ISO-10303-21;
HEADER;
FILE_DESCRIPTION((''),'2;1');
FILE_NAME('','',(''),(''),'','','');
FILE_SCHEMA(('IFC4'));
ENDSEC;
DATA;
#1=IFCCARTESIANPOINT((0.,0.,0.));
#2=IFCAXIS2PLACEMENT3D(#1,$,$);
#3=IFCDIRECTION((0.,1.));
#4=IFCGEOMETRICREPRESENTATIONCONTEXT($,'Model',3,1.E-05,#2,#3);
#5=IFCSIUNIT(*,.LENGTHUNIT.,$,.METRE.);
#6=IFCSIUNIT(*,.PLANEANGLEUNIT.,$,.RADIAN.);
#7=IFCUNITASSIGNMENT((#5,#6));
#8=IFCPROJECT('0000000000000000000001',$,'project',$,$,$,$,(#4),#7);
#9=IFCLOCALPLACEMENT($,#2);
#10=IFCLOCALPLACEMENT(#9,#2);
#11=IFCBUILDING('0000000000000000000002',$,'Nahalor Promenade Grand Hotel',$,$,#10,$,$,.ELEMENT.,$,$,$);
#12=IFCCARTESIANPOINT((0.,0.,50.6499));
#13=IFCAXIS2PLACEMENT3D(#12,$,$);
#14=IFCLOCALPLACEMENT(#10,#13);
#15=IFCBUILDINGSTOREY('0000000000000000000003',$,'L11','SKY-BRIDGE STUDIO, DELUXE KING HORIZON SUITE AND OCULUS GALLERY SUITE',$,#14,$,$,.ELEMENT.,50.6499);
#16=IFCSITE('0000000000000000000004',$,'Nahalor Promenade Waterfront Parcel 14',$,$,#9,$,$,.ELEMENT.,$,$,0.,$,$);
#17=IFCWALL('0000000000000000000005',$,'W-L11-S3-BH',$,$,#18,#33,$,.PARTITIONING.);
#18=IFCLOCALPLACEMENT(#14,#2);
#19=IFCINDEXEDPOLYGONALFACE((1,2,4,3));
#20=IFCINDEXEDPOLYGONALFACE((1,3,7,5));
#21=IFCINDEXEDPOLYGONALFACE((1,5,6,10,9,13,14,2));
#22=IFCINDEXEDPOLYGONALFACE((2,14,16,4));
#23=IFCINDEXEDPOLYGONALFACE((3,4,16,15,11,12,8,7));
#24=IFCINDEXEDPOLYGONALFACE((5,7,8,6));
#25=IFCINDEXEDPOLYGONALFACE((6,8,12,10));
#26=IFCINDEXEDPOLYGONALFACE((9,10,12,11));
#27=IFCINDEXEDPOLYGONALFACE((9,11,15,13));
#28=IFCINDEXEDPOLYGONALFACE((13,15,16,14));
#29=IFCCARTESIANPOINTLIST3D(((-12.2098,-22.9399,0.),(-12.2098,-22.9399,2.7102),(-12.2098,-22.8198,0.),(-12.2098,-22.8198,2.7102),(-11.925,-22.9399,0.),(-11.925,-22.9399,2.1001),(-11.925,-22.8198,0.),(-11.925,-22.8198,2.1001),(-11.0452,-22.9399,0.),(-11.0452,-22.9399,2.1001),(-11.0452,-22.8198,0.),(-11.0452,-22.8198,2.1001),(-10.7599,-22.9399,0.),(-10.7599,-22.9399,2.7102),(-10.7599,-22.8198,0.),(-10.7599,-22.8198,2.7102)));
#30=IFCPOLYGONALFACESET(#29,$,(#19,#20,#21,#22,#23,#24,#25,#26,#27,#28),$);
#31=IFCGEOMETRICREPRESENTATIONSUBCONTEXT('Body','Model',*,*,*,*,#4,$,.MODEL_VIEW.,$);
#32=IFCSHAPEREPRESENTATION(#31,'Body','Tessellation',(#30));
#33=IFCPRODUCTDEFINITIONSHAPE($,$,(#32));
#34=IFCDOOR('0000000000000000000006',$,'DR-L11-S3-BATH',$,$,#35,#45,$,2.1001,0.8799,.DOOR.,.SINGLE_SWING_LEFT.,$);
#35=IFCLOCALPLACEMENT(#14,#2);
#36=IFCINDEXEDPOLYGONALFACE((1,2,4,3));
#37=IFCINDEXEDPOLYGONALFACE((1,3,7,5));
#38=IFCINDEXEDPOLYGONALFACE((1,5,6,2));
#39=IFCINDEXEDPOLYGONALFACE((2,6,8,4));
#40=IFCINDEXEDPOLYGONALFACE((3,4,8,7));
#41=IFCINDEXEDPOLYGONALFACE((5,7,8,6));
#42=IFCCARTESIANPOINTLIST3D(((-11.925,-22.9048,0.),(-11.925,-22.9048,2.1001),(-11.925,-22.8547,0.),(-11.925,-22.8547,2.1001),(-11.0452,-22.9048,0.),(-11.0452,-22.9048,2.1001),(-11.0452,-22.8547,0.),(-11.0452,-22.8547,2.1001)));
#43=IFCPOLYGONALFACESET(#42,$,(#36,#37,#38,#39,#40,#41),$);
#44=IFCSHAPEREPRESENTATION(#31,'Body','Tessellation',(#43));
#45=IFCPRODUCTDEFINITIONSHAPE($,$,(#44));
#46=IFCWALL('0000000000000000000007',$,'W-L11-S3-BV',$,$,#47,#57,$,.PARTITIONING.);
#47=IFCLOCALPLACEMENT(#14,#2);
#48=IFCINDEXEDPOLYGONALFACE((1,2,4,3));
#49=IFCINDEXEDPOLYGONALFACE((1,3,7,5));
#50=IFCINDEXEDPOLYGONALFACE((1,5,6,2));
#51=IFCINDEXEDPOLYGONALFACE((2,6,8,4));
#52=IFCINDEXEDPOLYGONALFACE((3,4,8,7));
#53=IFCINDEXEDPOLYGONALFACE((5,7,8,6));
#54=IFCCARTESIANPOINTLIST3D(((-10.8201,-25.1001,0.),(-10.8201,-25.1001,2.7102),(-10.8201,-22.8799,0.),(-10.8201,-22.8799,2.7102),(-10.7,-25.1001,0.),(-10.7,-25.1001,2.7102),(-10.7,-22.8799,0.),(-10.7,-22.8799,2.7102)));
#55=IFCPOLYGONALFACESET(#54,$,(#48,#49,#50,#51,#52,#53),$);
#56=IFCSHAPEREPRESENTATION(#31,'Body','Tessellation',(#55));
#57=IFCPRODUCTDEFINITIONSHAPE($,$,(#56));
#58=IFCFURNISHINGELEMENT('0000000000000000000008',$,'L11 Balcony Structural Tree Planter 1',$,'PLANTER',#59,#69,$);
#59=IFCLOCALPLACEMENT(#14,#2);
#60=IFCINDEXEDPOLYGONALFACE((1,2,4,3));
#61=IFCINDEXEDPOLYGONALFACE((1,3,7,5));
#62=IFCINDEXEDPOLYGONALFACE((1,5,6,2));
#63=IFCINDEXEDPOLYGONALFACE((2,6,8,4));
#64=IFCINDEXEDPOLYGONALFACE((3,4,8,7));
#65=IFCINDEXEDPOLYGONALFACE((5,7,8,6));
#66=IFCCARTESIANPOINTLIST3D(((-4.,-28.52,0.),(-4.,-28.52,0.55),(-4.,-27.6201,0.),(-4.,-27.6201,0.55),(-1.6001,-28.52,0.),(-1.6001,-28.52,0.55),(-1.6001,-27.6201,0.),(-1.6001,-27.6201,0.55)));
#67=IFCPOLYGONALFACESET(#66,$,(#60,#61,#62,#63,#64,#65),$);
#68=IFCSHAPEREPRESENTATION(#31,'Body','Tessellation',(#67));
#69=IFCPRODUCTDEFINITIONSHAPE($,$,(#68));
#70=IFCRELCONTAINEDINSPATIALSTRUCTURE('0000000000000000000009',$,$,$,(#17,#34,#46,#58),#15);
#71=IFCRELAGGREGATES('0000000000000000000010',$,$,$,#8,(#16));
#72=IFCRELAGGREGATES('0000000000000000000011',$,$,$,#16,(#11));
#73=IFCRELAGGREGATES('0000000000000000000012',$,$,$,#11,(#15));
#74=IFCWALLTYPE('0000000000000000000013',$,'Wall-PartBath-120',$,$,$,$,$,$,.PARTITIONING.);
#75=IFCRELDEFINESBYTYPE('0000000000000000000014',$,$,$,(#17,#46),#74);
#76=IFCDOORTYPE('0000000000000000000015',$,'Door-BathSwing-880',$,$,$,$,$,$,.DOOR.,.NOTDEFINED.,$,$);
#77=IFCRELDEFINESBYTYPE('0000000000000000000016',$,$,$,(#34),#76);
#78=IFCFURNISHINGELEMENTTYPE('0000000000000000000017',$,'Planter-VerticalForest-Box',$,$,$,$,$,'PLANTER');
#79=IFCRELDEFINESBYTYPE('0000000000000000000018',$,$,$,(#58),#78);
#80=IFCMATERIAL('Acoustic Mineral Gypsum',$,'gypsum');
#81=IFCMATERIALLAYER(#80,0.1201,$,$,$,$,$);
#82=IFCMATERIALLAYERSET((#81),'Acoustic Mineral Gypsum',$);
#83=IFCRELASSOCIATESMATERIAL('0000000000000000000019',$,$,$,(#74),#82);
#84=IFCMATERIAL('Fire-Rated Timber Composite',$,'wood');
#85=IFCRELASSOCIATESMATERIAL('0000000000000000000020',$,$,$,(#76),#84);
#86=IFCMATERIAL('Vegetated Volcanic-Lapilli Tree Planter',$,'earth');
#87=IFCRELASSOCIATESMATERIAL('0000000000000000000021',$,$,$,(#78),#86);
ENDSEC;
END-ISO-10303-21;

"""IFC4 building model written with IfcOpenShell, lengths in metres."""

from ifc_helpers import new_model, si_unit, direction, frame, frame_2d, origin, origin_2d, place, context, subcontext, project, spatial, rectangle, extrude, source, transform, mapped, material, layer, layer_set, type_object, element, fill, save


model = new_model("IFC4")

# Units and contexts
model_context = context("Model", 3, precision=1e-05, world=origin(), true_north=direction((0.0, 1.0)))
body_context = subcontext(model_context, "Body", "Model", "MODEL_VIEW")
ifc_project = project(units=[si_unit("LENGTHUNIT", "METRE"), si_unit("PLANEANGLEUNIT", "RADIAN")], contexts=[model_context])

# Site, building, storey
site_placement = place(None, origin())
site = spatial("IfcSite", under=ifc_project, at=site_placement, Name="Nahalor Promenade Waterfront Parcel 14", CompositionType="ELEMENT", RefElevation=0.0)
building_placement = place(site_placement, origin())
building = spatial("IfcBuilding", under=site, at=building_placement, Name="Nahalor Promenade Grand Hotel", CompositionType="ELEMENT")
storey_placement = place(building_placement, frame((0.0, 0.0, 50.6499)))
storey = spatial("IfcBuildingStorey", under=building, at=storey_placement, Name="L11", Description="SKY-BRIDGE STUDIO, DELUXE KING HORIZON SUITE AND OCULUS GALLERY SUITE", CompositionType="ELEMENT", Elevation=50.6499)

# Shared definitions
ifc_material_1 = material(Name="Acoustic Mineral Gypsum", Category="gypsum")

# Wall, opening, door
ifc_layer_1 = layer(ifc_material_1, 0.1201)
ifc_layer_set_1 = layer_set([ifc_layer_1], Name="Acoustic Mineral Gypsum")
wall_type_1 = type_object("IfcWallType", Name="Wall-PartBath-120", PredefinedType="PARTITIONING", material=ifc_layer_set_1)
shared_shape_1 = source(origin(), body_context, "Body", "SweptSolid", [
    extrude(rectangle(XDim=1.45, YDim=0.1201, at=frame_2d((0.7251, 0.0))), origin(), (0.0, 0.0, 1.0), 2.7102),
])
wall_1_placement = place(storey_placement, frame((-12.21, -22.8799, 0.0), z_axis=(0.0, 0.0, 1.0), x_axis=(1.0, 0.0, 0.0)))
wall_1 = element("IfcWall", 1, at=wall_1_placement, inside=storey, type_object=wall_type_1, Name="W-L11-S3-BH", PredefinedType="PARTITIONING", context=body_context, shape_type="MappedRepresentation", body=[
    mapped(shared_shape_1, transform((0.0, 0.0, 0.0), scale=1.0)),
])
opening_1_placement = place(wall_1_placement, frame((0.2849, 0.0, 0.0)))
opening_1 = element("IfcOpeningElement", 2, at=opening_1_placement, cuts=wall_1, PredefinedType="OPENING", context=body_context, shape_type="SweptSolid", body=[
    extrude(rectangle(XDim=0.8799, YDim=2.1001, at=frame_2d((0.4399, 1.05))), frame((0.0, 0.0701, 0.0), z_axis=(0.0, -1.0, 0.0), x_axis=(1.0, 0.0, 0.0)), (0.0, 0.0, 1.0), 0.1401),
])
ifc_material_2 = material(Name="Fire-Rated Timber Composite", Category="wood")
door_type_1 = type_object("IfcDoorType", Name="Door-BathSwing-880", OperationType="NOTDEFINED", PredefinedType="DOOR", material=ifc_material_2)
shared_shape_2 = source(origin(), body_context, "Body", "SweptSolid", [
    extrude(rectangle(XDim=0.8799, YDim=2.1001, at=frame_2d((0.4399, 1.05))), frame((0.0, 0.0249, 0.0), z_axis=(0.0, -1.0, 0.0), x_axis=(1.0, 0.0, 0.0)), (0.0, 0.0, 1.0), 0.05),
])
door_1_placement = place(opening_1_placement, frame((0.8799, 0.0, 0.0), z_axis=(0.0, 0.0, 1.0), x_axis=(-1.0, 0.0, 0.0)))
door_1 = element("IfcDoor", 3, at=door_1_placement, inside=storey, type_object=door_type_1, Name="DR-L11-S3-BATH", OperationType="SINGLE_SWING_LEFT", OverallHeight=2.1001, OverallWidth=0.8799, PredefinedType="DOOR", context=body_context, shape_type="MappedRepresentation", body=[
    mapped(shared_shape_2, transform((0.0, 0.0, 0.0), scale=1.0)),
])
fill(opening_1, door_1)

# Wall
shared_shape_3 = source(origin(), body_context, "Body", "SweptSolid", [
    extrude(rectangle(XDim=2.2202, YDim=0.1201, at=frame_2d((1.1101, 0.0))), origin(), (0.0, 0.0, 1.0), 2.7102),
])
wall_2_placement = place(storey_placement, frame((-10.76, -25.1001, 0.0), z_axis=(0.0, 0.0, 1.0), x_axis=(0.0, 1.0, 0.0)))
element("IfcWall", 4, at=wall_2_placement, inside=storey, type_object=wall_type_1, Name="W-L11-S3-BV", PredefinedType="PARTITIONING", context=body_context, shape_type="MappedRepresentation", body=[
    mapped(shared_shape_3, transform((0.0, 0.0, 0.0), scale=1.0)),
])

# Furnishing element
ifc_material_3 = material(Name="Vegetated Volcanic-Lapilli Tree Planter", Category="earth")
furnishing_element_type = type_object("IfcFurnishingElementType", Name="Planter-VerticalForest-Box", ElementType="PLANTER", material=ifc_material_3)
shared_shape_4 = source(origin(), body_context, "Body", "SweptSolid", [
    extrude(rectangle(XDim=2.3999, YDim=0.8999, at=origin_2d()), origin(), (0.0, 0.0, 1.0), 0.55),
])
furnishing_placement = place(storey_placement, frame((-2.8, -28.0701, 0.0), z_axis=(0.0, 0.0, 1.0), x_axis=(1.0, 0.0, 0.0)))
element("IfcFurnishingElement", 5, at=furnishing_placement, inside=storey, type_object=furnishing_element_type, Name="L11 Balcony Structural Tree Planter 1", ObjectType="PLANTER", context=body_context, shape_type="MappedRepresentation", body=[
    mapped(shared_shape_4, transform((0.0, 0.0, 0.0), scale=1.0)),
])

save(model, "model.ifc")
